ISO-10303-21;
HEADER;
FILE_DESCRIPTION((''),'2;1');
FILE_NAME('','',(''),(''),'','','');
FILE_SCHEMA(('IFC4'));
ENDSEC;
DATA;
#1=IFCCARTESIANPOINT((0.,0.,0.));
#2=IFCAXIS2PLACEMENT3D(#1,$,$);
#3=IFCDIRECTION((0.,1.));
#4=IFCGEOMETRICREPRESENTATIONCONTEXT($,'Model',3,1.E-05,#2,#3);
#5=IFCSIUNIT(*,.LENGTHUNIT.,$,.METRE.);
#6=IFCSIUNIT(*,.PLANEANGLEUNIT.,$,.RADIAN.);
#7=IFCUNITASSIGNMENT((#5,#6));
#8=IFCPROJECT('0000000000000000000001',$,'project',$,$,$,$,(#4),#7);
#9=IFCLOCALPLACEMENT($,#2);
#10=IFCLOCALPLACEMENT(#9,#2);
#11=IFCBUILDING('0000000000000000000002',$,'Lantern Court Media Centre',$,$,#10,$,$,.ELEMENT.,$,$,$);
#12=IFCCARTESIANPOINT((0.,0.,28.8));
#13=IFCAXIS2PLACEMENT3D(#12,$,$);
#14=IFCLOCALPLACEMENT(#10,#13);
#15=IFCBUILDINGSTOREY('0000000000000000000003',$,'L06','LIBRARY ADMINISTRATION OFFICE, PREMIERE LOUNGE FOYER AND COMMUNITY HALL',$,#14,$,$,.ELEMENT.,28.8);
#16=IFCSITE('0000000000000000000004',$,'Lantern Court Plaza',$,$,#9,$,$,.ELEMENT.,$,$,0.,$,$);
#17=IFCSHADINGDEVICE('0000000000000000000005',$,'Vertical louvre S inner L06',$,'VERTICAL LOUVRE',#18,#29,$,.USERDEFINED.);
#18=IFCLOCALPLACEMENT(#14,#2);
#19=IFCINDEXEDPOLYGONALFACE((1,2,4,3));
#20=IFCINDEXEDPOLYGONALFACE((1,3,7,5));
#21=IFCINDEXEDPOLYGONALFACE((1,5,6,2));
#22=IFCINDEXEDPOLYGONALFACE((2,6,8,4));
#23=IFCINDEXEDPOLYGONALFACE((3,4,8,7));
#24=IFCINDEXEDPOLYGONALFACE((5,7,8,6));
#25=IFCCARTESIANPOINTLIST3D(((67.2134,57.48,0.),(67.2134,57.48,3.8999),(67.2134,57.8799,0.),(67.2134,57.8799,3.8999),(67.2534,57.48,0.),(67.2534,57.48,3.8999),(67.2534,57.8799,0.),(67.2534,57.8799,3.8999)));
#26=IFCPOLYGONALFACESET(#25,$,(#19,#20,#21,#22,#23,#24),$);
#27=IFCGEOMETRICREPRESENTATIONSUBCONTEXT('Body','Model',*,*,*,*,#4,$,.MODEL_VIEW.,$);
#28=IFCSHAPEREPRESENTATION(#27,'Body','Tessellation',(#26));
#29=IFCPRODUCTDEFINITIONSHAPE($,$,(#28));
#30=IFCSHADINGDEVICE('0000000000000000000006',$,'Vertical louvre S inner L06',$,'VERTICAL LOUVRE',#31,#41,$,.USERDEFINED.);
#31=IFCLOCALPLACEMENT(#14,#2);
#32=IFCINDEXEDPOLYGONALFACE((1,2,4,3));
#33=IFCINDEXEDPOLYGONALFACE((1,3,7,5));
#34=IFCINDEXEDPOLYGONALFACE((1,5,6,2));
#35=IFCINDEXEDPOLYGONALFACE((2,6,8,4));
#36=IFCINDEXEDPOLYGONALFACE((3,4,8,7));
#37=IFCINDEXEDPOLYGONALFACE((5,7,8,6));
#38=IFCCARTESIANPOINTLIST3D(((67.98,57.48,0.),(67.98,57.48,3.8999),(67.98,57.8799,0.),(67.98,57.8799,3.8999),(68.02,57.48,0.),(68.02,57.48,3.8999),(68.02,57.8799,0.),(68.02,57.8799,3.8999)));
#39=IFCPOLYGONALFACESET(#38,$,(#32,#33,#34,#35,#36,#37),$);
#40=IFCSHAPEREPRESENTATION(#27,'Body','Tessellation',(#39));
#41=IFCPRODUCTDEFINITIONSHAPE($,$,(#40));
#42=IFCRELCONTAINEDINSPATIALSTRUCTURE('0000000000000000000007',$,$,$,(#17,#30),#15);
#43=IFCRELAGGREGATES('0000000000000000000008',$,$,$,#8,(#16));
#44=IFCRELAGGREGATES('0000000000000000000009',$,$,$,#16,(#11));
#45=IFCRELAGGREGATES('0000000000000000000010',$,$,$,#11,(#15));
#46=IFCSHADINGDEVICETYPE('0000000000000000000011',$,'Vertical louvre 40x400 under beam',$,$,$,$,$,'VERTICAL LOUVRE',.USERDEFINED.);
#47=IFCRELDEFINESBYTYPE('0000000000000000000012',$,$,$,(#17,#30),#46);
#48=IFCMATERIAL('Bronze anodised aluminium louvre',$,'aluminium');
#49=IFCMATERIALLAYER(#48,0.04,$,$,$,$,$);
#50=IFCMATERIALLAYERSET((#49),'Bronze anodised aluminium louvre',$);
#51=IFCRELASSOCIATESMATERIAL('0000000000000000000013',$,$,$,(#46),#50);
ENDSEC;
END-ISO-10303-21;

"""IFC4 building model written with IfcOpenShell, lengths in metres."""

from ifc_helpers import new_model, si_unit, direction, frame, origin, origin_2d, place, context, subcontext, project, spatial, rectangle, extrude, material, layer, layer_set, type_object, element, save


model = new_model("IFC4")

# Units and contexts
model_context = context("Model", 3, precision=1e-05, world=origin(), true_north=direction((0.0, 1.0)))
body_context = subcontext(model_context, "Body", "Model", "MODEL_VIEW")
ifc_project = project(units=[si_unit("LENGTHUNIT", "METRE"), si_unit("PLANEANGLEUNIT", "RADIAN")], contexts=[model_context])

# Site, building, storey
site_placement = place(None, origin())
site = spatial("IfcSite", under=ifc_project, at=site_placement, Name="Lantern Court Plaza", CompositionType="ELEMENT", RefElevation=0.0)
building_placement = place(site_placement, origin())
building = spatial("IfcBuilding", under=site, at=building_placement, Name="Lantern Court Media Centre", CompositionType="ELEMENT")
storey_placement = place(building_placement, frame((0.0, 0.0, 28.8)))
storey = spatial("IfcBuildingStorey", under=building, at=storey_placement, Name="L06", Description="LIBRARY ADMINISTRATION OFFICE, PREMIERE LOUNGE FOYER AND COMMUNITY HALL", CompositionType="ELEMENT", Elevation=28.8)

# Shading devices
ifc_material_1 = material(Name="Bronze anodised aluminium louvre", Category="aluminium")
ifc_layer_1 = layer(ifc_material_1, 0.04)
ifc_layer_set_1 = layer_set([ifc_layer_1], Name="Bronze anodised aluminium louvre")
shading_device_type = type_object("IfcShadingDeviceType", Name="Vertical louvre 40x400 under beam", ElementType="VERTICAL LOUVRE", PredefinedType="USERDEFINED", material=ifc_layer_set_1)
for number, where, z_axis, x_axis, name in (
    (1, (67.2334, 57.6799, 0.0), (0.0, 0.0, 1.0), (1.0, 0.0, 0.0), "Vertical louvre S inner L06"),
    (2, (68.0, 57.6799, 0.0), (0.0, 0.0, 1.0), (1.0, 0.0, 0.0), "Vertical louvre S inner L06"),
):
    element("IfcShadingDevice", number, at=place(storey_placement, frame(where, z_axis=z_axis, x_axis=x_axis)), inside=storey, type_object=shading_device_type, Name=name, ObjectType="VERTICAL LOUVRE", PredefinedType="USERDEFINED", context=body_context, shape_type="SweptSolid", body=[
        extrude(rectangle(XDim=0.04, YDim=0.3999, at=origin_2d()), origin(), (0.0, 0.0, 1.0), 3.8999),
    ])

save(model, "model.ifc")
